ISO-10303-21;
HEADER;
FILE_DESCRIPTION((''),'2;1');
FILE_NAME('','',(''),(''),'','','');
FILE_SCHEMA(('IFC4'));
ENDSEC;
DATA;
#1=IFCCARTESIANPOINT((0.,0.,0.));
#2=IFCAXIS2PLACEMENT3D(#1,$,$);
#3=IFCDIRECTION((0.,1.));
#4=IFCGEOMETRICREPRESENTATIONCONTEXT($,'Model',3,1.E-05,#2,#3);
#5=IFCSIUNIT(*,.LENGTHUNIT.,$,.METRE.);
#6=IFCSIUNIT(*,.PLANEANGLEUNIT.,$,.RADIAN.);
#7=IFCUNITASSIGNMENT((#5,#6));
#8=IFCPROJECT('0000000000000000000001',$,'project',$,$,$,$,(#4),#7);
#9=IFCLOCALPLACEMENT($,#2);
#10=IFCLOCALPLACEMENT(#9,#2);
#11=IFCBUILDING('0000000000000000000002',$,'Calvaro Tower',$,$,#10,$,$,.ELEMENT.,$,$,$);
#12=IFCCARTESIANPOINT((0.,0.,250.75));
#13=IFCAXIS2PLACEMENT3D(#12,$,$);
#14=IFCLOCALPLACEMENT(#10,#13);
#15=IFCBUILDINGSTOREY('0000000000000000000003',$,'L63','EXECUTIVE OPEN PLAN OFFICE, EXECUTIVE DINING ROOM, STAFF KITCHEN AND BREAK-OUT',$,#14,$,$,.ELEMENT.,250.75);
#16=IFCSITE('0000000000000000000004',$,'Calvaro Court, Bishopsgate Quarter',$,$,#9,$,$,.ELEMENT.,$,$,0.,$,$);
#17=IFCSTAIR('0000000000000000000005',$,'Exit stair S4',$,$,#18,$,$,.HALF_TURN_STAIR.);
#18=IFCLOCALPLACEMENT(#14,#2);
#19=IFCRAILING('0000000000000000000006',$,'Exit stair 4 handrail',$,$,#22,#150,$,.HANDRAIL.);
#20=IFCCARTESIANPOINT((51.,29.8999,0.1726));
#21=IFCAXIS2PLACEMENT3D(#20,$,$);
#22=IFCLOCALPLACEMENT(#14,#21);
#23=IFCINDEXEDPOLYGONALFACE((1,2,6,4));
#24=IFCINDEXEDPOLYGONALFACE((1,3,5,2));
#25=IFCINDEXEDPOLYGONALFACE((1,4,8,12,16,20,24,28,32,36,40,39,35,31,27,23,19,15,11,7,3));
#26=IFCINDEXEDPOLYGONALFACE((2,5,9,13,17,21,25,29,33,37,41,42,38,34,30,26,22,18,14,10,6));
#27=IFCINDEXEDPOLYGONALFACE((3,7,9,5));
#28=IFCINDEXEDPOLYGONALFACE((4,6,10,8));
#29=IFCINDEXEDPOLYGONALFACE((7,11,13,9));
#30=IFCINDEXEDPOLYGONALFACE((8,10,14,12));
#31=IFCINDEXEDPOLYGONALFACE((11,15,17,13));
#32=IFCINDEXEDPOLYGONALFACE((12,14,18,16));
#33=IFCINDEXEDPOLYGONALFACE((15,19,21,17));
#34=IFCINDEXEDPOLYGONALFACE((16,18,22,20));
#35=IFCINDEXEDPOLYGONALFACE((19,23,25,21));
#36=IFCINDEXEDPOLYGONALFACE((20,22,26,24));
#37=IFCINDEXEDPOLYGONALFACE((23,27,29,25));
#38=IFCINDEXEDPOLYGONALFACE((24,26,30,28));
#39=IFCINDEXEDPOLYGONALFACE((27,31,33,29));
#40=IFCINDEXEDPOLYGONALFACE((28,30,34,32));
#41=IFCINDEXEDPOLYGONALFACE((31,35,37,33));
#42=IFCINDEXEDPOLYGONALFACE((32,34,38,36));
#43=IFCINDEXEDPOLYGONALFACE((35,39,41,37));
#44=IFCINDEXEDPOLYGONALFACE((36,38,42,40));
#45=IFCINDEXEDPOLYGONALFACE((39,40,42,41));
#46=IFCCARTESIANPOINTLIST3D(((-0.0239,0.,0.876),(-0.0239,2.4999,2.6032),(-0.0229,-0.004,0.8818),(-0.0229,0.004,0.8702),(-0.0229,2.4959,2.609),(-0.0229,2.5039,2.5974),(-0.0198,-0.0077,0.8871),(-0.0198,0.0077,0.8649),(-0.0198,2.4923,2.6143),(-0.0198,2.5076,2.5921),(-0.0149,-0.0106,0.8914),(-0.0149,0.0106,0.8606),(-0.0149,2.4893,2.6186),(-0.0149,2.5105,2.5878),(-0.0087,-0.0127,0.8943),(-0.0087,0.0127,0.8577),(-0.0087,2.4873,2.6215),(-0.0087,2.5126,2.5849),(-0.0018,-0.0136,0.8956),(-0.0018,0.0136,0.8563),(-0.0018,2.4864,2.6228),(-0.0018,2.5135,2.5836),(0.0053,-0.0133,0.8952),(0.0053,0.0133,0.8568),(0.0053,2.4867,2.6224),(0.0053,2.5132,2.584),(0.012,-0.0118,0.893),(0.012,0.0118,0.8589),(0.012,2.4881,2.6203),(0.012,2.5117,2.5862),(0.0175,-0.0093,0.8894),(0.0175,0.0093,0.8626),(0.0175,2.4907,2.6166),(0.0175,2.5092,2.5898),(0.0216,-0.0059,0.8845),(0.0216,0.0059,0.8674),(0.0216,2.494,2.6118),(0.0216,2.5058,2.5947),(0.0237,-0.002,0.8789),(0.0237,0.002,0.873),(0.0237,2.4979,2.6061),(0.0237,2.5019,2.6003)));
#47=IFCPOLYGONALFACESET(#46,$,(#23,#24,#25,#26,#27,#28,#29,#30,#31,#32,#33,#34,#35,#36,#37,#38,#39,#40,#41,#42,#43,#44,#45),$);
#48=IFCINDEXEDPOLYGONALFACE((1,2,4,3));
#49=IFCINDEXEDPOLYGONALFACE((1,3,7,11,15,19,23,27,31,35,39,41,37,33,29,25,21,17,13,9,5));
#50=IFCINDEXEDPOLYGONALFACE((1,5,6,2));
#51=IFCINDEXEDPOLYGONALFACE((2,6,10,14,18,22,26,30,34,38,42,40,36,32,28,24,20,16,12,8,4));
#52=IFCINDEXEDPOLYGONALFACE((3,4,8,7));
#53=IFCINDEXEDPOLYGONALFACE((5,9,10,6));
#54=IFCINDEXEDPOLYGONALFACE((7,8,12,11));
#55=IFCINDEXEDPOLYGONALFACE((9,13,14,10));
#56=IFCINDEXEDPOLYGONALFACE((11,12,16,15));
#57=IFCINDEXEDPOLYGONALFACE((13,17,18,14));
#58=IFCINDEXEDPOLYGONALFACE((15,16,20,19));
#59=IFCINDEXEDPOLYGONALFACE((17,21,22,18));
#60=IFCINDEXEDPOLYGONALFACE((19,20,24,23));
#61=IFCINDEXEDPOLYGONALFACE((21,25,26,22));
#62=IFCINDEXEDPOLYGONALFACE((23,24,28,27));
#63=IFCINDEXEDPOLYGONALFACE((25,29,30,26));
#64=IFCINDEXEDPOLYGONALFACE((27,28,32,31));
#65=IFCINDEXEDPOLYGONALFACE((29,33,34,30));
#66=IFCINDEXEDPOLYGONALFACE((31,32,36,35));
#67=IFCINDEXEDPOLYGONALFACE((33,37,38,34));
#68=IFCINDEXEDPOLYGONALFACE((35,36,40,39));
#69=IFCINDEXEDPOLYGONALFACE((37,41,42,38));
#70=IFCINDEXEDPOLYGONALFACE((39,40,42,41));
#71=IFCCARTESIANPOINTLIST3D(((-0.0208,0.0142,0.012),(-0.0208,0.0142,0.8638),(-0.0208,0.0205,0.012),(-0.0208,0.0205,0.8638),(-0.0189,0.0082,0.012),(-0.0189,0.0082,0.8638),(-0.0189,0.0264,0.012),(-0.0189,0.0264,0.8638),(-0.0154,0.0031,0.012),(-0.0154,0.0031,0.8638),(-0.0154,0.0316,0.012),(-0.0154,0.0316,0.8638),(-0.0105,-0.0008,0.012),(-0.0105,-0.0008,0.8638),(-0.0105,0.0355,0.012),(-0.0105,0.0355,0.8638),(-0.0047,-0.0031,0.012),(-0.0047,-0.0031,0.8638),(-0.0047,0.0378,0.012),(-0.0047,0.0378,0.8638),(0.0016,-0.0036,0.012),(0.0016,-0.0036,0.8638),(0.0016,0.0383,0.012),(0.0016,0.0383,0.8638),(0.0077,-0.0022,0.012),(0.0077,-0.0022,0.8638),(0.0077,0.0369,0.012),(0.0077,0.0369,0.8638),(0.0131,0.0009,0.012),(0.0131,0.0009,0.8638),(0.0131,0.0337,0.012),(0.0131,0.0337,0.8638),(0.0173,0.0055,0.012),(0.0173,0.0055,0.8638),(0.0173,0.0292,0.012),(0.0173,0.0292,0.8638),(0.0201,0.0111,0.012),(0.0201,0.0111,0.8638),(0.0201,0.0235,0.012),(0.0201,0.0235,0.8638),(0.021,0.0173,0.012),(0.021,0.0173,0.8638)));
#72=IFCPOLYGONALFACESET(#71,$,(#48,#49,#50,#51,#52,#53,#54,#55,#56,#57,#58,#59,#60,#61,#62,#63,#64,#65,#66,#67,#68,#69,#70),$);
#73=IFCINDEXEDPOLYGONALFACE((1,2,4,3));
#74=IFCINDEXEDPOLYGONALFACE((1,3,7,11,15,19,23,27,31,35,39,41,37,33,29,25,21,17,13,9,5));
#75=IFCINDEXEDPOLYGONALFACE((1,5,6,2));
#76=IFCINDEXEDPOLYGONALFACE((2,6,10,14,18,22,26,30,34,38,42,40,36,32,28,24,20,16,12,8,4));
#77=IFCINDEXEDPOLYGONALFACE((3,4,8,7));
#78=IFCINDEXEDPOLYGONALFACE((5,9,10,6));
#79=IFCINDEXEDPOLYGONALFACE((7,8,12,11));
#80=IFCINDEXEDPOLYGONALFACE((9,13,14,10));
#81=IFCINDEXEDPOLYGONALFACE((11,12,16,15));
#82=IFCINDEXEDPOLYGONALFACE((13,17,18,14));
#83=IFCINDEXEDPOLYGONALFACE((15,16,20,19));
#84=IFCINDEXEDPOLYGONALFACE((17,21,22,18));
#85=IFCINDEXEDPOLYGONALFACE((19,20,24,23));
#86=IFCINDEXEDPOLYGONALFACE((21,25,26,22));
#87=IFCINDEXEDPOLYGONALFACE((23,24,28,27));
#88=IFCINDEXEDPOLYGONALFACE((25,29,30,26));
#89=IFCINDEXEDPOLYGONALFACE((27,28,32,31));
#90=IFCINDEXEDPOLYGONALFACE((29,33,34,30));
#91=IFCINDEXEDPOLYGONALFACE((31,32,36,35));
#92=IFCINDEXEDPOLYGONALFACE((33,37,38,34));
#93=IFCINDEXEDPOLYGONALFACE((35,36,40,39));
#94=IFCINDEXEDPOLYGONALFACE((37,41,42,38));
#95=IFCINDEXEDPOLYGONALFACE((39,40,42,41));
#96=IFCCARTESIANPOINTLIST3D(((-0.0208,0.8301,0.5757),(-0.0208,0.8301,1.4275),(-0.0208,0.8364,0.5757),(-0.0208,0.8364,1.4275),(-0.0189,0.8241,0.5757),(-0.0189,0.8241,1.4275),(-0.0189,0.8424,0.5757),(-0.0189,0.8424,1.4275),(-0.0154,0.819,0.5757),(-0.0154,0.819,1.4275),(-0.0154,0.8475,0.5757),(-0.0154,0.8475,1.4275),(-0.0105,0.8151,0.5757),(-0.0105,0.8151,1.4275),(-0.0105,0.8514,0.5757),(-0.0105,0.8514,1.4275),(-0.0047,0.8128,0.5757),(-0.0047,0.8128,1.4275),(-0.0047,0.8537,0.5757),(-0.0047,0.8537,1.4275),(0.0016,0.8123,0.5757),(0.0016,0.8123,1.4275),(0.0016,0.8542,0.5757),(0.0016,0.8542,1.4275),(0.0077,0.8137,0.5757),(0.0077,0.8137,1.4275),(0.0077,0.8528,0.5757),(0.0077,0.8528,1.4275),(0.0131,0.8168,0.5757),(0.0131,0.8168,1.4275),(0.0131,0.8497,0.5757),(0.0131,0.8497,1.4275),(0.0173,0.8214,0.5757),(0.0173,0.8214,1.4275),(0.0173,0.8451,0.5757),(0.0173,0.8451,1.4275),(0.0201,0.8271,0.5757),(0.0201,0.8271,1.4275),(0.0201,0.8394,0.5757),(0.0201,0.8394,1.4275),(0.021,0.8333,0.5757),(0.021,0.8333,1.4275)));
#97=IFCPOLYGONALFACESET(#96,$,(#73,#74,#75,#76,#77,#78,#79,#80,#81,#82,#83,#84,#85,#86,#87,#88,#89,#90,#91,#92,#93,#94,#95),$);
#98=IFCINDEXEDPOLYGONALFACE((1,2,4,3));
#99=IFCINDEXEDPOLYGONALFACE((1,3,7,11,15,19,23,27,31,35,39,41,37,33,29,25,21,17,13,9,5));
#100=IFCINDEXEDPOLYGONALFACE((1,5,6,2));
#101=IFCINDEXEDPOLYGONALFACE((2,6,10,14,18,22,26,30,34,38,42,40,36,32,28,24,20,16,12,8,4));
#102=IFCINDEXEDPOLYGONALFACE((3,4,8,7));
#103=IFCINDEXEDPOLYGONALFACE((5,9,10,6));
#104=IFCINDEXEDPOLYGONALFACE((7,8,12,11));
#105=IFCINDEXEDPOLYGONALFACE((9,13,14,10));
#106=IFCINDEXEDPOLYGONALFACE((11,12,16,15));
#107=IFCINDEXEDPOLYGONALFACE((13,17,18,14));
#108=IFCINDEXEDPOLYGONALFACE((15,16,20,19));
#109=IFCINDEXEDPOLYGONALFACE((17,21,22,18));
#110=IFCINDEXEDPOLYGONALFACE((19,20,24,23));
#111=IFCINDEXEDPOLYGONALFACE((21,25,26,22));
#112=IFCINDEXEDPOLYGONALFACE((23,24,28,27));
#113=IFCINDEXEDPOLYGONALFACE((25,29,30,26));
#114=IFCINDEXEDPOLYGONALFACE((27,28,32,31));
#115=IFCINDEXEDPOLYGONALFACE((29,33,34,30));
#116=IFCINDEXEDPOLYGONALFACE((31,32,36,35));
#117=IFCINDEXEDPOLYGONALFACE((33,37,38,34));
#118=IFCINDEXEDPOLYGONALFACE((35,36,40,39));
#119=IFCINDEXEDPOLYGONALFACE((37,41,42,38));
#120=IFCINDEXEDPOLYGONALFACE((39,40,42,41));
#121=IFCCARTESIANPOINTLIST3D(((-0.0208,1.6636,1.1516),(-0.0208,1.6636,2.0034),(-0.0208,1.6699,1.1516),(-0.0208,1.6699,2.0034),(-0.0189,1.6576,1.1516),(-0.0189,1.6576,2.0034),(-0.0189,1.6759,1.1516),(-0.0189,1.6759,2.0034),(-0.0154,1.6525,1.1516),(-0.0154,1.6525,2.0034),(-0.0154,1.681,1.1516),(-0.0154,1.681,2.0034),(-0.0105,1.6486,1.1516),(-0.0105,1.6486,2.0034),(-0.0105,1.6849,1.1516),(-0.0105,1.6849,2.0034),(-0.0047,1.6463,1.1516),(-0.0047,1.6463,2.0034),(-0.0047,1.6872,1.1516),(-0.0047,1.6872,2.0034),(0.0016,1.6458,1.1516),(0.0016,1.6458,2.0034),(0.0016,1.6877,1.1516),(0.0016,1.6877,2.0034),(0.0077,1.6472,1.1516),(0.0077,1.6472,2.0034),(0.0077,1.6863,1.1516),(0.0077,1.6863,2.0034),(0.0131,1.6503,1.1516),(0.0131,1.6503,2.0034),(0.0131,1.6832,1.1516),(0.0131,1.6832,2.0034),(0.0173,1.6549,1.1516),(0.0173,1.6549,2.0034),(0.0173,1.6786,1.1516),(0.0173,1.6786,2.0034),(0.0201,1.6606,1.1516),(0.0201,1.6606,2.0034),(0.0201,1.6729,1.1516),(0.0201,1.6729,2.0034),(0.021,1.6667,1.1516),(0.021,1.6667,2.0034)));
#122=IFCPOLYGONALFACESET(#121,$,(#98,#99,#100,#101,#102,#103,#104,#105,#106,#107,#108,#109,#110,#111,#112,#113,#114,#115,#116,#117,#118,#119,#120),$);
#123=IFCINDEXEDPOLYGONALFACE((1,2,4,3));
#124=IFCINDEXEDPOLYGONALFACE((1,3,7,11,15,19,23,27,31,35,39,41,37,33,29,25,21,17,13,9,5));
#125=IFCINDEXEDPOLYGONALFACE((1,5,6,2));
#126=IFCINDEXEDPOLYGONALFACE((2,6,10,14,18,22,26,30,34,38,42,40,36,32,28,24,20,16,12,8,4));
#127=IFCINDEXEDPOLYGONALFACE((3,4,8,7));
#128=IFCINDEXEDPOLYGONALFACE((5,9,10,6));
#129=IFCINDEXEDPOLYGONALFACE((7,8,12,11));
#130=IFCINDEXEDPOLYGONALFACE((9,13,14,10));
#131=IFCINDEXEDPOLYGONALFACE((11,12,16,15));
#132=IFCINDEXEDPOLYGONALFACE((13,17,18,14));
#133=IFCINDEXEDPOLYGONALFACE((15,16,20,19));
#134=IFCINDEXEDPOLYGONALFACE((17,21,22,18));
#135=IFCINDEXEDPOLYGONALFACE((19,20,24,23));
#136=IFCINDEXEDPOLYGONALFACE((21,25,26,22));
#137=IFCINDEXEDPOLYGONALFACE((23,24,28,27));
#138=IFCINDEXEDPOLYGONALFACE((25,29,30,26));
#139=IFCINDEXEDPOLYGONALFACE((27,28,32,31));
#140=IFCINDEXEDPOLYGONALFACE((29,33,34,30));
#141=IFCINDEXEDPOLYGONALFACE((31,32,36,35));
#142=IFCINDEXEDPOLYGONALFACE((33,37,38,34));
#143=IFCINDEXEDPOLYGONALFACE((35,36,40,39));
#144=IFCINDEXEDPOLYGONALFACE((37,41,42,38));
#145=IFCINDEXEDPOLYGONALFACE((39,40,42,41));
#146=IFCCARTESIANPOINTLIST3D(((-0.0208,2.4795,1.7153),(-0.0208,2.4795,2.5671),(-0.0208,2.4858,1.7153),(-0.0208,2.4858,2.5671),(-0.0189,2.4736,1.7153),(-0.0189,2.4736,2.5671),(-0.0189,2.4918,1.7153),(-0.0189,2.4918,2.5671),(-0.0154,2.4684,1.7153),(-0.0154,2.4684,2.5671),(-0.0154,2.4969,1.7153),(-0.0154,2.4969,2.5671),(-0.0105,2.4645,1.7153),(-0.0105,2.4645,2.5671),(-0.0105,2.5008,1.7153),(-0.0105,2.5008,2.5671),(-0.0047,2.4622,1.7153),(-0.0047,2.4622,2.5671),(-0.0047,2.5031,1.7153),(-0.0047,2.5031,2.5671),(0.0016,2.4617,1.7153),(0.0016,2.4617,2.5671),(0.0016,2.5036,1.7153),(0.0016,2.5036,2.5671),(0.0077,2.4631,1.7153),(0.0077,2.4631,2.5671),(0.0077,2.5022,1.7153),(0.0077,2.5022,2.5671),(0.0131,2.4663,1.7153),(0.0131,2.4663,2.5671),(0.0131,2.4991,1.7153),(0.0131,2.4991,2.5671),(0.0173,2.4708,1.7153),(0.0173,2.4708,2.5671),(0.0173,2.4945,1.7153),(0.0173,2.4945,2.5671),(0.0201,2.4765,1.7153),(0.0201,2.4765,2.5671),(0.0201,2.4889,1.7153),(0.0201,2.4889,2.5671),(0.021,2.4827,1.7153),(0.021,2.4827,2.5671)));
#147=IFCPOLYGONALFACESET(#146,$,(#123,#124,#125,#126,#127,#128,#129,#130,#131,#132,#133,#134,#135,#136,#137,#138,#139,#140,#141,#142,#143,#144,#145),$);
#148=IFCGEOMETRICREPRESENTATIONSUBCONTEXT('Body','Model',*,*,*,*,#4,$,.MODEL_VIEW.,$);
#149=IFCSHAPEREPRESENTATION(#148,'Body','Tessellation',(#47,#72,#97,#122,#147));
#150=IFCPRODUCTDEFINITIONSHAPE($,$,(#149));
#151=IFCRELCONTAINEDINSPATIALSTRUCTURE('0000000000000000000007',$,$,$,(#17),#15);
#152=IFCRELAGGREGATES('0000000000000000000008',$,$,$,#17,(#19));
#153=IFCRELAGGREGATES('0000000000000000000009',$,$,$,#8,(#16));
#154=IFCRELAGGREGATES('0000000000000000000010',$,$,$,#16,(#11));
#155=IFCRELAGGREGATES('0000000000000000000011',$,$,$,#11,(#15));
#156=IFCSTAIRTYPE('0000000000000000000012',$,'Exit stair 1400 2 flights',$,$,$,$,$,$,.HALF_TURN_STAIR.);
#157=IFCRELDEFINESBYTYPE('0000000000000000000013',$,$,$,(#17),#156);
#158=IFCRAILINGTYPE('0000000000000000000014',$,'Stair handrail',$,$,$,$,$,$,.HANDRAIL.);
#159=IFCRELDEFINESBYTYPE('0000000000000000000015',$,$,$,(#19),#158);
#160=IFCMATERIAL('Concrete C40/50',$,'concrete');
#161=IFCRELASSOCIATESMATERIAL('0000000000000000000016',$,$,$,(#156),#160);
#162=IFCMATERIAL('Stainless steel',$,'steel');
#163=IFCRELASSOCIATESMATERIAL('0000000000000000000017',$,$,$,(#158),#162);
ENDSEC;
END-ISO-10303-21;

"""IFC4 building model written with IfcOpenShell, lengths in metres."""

from ifc_helpers import new_model, si_unit, direction, frame, origin, origin_2d, place, context, subcontext, project, spatial, circle, extrude, material, type_object, element, aggregate, save


model = new_model("IFC4")

# Units and contexts
model_context = context("Model", 3, precision=1e-05, world=origin(), true_north=direction((0.0, 1.0)))
body_context = subcontext(model_context, "Body", "Model", "MODEL_VIEW")
ifc_project = project(units=[si_unit("LENGTHUNIT", "METRE"), si_unit("PLANEANGLEUNIT", "RADIAN")], contexts=[model_context])

# Site, building, storey
site_placement = place(None, origin())
site = spatial("IfcSite", under=ifc_project, at=site_placement, Name="Calvaro Court, Bishopsgate Quarter", CompositionType="ELEMENT", RefElevation=0.0)
building_placement = place(site_placement, origin())
building = spatial("IfcBuilding", under=site, at=building_placement, Name="Calvaro Tower", CompositionType="ELEMENT")
storey_placement = place(building_placement, frame((0.0, 0.0, 250.75)))
storey = spatial("IfcBuildingStorey", under=building, at=storey_placement, Name="L63", Description="EXECUTIVE OPEN PLAN OFFICE, EXECUTIVE DINING ROOM, STAFF KITCHEN AND BREAK-OUT", CompositionType="ELEMENT", Elevation=250.75)

# Stair
ifc_material_1 = material(Name="Concrete C40/50", Category="concrete")
stair_type = type_object("IfcStairType", Name="Exit stair 1400 2 flights", PredefinedType="HALF_TURN_STAIR", material=ifc_material_1)
stair_1_placement = place(storey_placement, origin())
stair_1 = element("IfcStair", 1, at=stair_1_placement, inside=storey, type_object=stair_type, Name="Exit stair S4", PredefinedType="HALF_TURN_STAIR")

# Railing
ifc_material_2 = material(Name="Stainless steel", Category="steel")
railing_type = type_object("IfcRailingType", Name="Stair handrail", PredefinedType="HANDRAIL", material=ifc_material_2)
railing_1_placement = place(storey_placement, frame((51.0, 29.8999, 0.1726)))
railing_1 = element("IfcRailing", 2, at=railing_1_placement, type_object=railing_type, Name="Exit stair 4 handrail", PredefinedType="HANDRAIL", context=body_context, shape_type="SweptSolid", body=[
    extrude(circle(Radius=0.0239, at=origin_2d()), frame((0.0, 0.0, 0.876), z_axis=(0.0, 0.822727, 0.568437), x_axis=(-1.0, 0.0, 0.0)), (0.0, 0.0, 1.0), 3.0386),
    extrude(circle(Radius=0.021, at=origin_2d()), frame((0.0, 0.0173, 0.012)), (0.0, 0.0, 1.0), 0.8518),
    extrude(circle(Radius=0.021, at=origin_2d()), frame((0.0, 0.8333, 0.5757)), (0.0, 0.0, 1.0), 0.8518),
    extrude(circle(Radius=0.021, at=origin_2d()), frame((0.0, 1.6667, 1.1516)), (0.0, 0.0, 1.0), 0.8518),
    extrude(circle(Radius=0.021, at=origin_2d()), frame((0.0, 2.4827, 1.7153)), (0.0, 0.0, 1.0), 0.8518),
])
aggregate(stair_1, [railing_1])

save(model, "model.ifc")
